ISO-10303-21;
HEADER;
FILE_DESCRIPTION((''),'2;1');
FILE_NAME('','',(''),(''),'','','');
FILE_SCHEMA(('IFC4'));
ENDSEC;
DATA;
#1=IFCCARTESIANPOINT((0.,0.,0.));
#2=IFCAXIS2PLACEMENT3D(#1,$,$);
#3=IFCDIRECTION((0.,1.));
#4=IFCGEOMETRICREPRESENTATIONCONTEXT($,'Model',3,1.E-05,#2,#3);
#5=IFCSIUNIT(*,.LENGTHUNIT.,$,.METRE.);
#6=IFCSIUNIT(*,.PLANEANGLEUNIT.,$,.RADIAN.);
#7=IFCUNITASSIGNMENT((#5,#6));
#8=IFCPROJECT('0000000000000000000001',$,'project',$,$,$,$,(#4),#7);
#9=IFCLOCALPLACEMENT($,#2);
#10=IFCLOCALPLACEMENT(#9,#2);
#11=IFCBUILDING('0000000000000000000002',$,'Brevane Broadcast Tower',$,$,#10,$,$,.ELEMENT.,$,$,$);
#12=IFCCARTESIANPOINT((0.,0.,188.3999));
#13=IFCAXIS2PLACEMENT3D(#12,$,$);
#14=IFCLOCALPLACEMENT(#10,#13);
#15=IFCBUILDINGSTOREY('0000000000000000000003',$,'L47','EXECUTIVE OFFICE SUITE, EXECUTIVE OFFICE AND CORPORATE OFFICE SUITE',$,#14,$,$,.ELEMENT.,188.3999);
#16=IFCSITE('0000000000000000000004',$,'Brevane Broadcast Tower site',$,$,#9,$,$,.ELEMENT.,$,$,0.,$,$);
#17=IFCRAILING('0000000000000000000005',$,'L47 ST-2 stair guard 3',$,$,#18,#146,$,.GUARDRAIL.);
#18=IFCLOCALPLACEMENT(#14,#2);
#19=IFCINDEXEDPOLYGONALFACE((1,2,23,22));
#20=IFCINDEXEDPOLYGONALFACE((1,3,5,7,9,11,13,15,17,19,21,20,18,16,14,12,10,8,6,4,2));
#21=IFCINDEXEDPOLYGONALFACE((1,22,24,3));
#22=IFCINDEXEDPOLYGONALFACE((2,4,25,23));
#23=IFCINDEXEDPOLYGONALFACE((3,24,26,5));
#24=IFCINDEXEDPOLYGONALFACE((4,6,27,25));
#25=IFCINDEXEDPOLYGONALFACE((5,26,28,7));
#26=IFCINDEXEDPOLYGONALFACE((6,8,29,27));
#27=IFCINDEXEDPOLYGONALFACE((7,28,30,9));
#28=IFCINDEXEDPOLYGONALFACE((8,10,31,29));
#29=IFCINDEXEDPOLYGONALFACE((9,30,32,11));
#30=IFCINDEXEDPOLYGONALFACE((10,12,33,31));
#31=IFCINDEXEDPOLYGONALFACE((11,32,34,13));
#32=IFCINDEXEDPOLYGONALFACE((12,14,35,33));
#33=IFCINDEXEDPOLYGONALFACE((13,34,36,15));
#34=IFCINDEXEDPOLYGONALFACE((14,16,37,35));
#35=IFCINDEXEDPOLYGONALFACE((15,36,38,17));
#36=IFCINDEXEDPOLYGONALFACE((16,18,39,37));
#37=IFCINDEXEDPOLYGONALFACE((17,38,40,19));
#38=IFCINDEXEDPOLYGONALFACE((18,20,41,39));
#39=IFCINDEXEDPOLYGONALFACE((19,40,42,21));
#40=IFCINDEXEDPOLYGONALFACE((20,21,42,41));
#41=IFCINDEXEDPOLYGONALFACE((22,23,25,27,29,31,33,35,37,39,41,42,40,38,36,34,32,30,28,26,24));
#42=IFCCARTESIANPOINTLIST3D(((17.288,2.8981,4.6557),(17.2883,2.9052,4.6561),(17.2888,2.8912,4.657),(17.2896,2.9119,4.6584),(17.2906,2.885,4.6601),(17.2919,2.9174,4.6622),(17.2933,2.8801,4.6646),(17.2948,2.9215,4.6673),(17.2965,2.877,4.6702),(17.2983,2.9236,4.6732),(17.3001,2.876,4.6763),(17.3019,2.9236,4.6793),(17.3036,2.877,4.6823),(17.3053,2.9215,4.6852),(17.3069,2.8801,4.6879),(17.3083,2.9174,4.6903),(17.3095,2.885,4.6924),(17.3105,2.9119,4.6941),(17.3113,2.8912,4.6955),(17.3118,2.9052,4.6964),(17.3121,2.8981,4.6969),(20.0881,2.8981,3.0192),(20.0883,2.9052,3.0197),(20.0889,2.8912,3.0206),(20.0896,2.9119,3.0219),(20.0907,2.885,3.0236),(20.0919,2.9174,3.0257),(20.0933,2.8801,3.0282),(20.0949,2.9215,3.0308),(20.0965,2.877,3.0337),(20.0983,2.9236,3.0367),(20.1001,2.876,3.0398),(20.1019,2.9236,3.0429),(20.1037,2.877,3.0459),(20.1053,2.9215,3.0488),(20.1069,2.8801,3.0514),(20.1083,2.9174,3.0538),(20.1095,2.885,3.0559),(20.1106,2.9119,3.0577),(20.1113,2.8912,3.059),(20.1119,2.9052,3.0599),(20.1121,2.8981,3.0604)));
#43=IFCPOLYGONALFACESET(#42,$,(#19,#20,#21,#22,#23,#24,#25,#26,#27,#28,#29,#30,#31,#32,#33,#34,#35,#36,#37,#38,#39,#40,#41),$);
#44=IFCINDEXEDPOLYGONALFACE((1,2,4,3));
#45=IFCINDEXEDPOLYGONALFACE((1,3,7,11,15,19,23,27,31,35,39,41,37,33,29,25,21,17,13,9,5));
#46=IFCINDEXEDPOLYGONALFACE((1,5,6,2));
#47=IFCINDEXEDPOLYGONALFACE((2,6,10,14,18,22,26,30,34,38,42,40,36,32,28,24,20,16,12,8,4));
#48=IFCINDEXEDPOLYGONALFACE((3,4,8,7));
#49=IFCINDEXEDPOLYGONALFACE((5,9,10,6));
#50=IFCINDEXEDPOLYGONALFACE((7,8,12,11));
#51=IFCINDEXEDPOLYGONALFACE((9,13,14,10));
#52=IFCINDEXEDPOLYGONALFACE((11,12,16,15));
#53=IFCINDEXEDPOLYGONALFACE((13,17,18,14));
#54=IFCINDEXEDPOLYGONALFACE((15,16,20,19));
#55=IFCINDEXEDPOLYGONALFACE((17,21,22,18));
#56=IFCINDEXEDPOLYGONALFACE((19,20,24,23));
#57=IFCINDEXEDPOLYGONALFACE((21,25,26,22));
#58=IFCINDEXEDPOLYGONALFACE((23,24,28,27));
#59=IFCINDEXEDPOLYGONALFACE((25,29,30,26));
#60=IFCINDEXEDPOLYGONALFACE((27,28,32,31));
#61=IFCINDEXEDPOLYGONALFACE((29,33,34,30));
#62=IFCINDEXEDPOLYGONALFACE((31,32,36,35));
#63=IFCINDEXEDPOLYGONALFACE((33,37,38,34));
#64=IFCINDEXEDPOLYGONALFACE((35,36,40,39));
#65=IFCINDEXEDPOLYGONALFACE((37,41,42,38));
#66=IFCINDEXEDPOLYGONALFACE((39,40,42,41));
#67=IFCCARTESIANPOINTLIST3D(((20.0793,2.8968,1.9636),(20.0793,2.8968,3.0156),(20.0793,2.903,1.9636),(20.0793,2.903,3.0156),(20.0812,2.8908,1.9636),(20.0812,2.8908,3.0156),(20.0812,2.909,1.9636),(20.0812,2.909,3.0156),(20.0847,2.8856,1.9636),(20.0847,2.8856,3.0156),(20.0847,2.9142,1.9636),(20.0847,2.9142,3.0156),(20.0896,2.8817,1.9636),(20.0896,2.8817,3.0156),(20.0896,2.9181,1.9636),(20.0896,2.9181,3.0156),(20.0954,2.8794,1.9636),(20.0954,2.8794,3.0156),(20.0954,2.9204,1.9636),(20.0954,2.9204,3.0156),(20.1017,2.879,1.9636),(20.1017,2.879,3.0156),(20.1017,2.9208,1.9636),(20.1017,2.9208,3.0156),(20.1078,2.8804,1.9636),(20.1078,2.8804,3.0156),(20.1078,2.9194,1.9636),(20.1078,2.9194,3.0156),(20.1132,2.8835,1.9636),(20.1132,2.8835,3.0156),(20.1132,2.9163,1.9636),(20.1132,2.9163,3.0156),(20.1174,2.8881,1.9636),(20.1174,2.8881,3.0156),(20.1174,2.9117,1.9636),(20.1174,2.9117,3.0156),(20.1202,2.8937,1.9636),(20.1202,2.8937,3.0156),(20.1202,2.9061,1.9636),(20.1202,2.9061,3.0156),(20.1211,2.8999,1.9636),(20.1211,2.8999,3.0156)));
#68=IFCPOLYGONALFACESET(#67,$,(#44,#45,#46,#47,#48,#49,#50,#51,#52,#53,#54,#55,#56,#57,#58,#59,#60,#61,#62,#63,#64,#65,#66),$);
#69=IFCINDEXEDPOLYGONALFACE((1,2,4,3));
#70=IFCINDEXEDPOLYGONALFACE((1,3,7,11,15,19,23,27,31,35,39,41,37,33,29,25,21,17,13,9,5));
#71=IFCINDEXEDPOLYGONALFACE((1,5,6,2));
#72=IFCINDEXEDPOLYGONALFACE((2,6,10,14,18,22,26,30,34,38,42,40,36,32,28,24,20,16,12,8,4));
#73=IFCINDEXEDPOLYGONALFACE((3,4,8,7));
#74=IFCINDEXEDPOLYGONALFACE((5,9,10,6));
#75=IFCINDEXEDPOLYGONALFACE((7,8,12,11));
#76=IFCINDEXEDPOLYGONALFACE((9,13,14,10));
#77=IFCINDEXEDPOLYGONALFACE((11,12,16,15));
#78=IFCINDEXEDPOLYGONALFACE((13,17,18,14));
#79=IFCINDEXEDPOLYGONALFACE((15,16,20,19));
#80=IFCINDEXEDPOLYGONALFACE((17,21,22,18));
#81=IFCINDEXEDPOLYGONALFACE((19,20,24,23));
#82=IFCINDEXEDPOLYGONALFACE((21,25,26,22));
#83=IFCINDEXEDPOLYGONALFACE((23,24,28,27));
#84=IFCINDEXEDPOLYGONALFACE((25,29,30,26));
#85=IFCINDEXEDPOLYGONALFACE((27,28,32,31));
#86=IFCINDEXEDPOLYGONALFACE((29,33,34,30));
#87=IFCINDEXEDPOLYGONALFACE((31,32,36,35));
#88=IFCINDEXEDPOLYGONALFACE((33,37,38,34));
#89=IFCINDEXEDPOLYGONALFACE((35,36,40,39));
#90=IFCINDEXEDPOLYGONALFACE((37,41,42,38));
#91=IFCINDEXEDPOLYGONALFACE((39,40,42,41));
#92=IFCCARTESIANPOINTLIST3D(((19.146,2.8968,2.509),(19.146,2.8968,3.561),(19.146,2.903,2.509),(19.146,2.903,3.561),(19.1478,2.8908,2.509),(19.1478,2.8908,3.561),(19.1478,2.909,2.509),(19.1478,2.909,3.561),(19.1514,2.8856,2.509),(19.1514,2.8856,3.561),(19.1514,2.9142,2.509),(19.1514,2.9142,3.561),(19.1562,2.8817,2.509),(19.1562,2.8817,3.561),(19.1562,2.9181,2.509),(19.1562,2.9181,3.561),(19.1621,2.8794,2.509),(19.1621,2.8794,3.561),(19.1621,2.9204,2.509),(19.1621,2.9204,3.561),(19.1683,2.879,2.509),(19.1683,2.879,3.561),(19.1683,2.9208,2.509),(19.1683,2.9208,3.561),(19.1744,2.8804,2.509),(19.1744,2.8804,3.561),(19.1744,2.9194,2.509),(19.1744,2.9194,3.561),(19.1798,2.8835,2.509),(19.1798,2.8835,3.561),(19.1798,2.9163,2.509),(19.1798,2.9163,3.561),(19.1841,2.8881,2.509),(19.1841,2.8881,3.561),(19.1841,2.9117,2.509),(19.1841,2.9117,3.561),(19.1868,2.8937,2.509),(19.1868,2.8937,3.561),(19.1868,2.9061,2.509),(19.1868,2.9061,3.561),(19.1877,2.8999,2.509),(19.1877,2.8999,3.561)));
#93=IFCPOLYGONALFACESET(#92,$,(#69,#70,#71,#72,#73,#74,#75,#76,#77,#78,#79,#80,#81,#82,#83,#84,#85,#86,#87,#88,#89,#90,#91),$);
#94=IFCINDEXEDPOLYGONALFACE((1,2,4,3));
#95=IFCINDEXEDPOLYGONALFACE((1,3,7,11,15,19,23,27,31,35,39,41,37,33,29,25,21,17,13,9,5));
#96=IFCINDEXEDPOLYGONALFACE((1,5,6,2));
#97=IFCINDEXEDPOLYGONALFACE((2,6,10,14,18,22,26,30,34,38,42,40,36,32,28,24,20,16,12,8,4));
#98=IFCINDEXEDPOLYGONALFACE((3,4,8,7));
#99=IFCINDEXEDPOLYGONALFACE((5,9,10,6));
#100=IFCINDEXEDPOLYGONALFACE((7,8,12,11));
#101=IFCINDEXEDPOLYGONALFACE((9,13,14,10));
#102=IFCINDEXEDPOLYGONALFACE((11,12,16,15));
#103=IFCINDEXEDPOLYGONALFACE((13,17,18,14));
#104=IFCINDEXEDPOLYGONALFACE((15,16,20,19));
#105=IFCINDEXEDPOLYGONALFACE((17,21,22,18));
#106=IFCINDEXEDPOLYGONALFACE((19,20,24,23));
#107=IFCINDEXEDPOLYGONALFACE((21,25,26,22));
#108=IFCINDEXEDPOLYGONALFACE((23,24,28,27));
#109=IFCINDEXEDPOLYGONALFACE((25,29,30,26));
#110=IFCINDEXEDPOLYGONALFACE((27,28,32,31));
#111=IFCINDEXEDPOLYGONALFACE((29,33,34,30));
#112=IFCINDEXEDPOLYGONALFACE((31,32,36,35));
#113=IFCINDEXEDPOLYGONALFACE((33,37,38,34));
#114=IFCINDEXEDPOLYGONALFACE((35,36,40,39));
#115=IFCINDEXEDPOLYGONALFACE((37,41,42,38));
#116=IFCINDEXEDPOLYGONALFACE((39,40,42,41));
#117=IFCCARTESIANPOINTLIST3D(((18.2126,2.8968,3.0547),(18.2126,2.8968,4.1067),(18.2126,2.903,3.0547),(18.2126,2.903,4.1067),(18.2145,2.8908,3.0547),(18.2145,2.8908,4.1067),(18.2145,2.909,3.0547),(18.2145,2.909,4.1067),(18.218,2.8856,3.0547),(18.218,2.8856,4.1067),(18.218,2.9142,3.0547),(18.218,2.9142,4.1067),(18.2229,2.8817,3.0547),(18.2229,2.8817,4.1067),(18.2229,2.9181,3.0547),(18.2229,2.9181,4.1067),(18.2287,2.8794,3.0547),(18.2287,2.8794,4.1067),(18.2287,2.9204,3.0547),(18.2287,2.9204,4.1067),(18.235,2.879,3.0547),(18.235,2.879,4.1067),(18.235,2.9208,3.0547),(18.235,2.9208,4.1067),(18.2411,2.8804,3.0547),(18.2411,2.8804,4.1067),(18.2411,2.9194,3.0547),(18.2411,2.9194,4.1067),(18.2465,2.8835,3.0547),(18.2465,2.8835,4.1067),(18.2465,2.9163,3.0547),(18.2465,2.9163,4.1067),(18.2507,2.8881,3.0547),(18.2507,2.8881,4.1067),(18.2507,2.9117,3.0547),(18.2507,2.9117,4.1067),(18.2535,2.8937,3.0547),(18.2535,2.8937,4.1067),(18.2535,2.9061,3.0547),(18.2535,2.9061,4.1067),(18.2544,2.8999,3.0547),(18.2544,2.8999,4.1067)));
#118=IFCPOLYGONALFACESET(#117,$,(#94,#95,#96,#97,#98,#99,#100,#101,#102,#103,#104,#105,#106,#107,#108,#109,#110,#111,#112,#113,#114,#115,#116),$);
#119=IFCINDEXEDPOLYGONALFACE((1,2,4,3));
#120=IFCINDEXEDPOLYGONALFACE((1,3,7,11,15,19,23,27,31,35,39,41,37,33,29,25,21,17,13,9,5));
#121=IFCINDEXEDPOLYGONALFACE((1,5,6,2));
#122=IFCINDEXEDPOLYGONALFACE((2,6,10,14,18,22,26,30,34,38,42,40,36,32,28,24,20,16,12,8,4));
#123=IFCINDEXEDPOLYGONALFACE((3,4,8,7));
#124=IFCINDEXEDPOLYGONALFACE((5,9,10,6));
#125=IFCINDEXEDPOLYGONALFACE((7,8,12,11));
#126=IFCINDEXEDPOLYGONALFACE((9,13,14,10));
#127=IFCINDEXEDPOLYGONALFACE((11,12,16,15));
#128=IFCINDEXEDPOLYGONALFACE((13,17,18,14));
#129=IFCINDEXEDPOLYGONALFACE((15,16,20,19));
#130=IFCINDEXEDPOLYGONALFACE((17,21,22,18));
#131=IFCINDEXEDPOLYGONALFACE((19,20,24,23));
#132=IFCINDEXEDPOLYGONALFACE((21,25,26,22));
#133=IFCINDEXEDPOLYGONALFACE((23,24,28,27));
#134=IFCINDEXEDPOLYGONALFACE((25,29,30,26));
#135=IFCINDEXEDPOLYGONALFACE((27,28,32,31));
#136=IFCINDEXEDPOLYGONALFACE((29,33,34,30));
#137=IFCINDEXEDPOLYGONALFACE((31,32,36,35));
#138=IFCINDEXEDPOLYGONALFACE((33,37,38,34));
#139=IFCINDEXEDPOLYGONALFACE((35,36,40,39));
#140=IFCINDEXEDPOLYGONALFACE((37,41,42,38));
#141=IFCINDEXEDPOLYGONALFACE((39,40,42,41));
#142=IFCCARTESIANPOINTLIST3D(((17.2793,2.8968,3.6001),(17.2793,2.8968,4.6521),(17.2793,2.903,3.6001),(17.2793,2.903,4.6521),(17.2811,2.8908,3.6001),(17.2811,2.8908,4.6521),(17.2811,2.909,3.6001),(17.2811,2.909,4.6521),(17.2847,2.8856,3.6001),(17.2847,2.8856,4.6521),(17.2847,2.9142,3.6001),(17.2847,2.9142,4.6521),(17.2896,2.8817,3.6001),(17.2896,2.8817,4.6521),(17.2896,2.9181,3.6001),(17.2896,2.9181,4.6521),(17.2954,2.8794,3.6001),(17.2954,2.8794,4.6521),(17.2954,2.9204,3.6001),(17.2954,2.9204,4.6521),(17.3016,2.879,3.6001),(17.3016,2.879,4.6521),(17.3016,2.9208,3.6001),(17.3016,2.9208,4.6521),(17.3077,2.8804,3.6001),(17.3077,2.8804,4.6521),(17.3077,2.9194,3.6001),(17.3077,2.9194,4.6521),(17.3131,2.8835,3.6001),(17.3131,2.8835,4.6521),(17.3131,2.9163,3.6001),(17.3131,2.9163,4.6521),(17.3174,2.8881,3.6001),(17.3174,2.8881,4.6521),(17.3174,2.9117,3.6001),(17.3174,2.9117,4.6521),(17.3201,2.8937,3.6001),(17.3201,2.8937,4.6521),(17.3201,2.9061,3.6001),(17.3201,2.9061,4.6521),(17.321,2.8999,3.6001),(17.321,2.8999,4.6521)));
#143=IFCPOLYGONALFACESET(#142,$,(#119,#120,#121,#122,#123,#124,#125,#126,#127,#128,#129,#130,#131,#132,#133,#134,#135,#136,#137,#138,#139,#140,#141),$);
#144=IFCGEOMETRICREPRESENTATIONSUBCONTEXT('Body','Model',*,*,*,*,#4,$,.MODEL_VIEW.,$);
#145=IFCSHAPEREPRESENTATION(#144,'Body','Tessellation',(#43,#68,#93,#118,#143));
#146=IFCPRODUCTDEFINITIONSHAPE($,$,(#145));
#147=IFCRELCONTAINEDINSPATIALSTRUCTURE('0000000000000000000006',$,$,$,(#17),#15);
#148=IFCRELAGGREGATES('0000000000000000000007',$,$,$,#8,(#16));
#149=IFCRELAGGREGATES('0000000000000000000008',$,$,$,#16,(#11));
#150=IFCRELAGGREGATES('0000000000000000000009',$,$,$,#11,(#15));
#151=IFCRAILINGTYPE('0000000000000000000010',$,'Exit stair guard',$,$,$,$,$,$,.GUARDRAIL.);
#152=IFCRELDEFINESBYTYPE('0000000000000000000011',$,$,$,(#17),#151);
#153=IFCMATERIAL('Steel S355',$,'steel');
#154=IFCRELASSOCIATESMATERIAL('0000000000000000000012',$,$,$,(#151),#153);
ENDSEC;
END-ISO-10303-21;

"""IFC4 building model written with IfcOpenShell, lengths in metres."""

from ifc_helpers import new_model, si_unit, direction, frame, origin, origin_2d, place, context, subcontext, project, spatial, circle, extrude, material, type_object, element, save


model = new_model("IFC4")

# Units and contexts
model_context = context("Model", 3, precision=1e-05, world=origin(), true_north=direction((0.0, 1.0)))
body_context = subcontext(model_context, "Body", "Model", "MODEL_VIEW")
ifc_project = project(units=[si_unit("LENGTHUNIT", "METRE"), si_unit("PLANEANGLEUNIT", "RADIAN")], contexts=[model_context])

# Site, building, storey
site_placement = place(None, origin())
site = spatial("IfcSite", under=ifc_project, at=site_placement, Name="Brevane Broadcast Tower site", CompositionType="ELEMENT", RefElevation=0.0)
building_placement = place(site_placement, origin())
building = spatial("IfcBuilding", under=site, at=building_placement, Name="Brevane Broadcast Tower", CompositionType="ELEMENT")
storey_placement = place(building_placement, frame((0.0, 0.0, 188.3999)))
storey = spatial("IfcBuildingStorey", under=building, at=storey_placement, Name="L47", Description="EXECUTIVE OFFICE SUITE, EXECUTIVE OFFICE AND CORPORATE OFFICE SUITE", CompositionType="ELEMENT", Elevation=188.3999)

# Railing
ifc_material_1 = material(Name="Steel S355", Category="steel")
railing_type_1 = type_object("IfcRailingType", Name="Exit stair guard", PredefinedType="GUARDRAIL", material=ifc_material_1)
railing_1_placement = place(storey_placement, frame((20.1001, 2.8999, 1.9636)))
element("IfcRailing", 1, at=railing_1_placement, inside=storey, type_object=railing_type_1, Name="L47 ST-2 stair guard 3", PredefinedType="GUARDRAIL", context=body_context, shape_type="SweptSolid", body=[
    extrude(circle(Radius=0.0239, at=origin_2d()), frame((0.0, 0.0, 1.0762), z_axis=(-0.863361, 0.0, 0.504587), x_axis=(0.0, -1.0, 0.0)), (0.0, 0.0, 1.0), 3.2432),
    extrude(circle(Radius=0.021, at=origin_2d()), origin(), (0.0, 0.0, 1.0), 1.052),
    extrude(circle(Radius=0.021, at=origin_2d()), frame((-0.9333, 0.0, 0.5454)), (0.0, 0.0, 1.0), 1.052),
    extrude(circle(Radius=0.021, at=origin_2d()), frame((-1.8667, 0.0, 1.0911)), (0.0, 0.0, 1.0), 1.052),
    extrude(circle(Radius=0.021, at=origin_2d()), frame((-2.8, 0.0, 1.6365)), (0.0, 0.0, 1.0), 1.052),
])

save(model, "model.ifc")
